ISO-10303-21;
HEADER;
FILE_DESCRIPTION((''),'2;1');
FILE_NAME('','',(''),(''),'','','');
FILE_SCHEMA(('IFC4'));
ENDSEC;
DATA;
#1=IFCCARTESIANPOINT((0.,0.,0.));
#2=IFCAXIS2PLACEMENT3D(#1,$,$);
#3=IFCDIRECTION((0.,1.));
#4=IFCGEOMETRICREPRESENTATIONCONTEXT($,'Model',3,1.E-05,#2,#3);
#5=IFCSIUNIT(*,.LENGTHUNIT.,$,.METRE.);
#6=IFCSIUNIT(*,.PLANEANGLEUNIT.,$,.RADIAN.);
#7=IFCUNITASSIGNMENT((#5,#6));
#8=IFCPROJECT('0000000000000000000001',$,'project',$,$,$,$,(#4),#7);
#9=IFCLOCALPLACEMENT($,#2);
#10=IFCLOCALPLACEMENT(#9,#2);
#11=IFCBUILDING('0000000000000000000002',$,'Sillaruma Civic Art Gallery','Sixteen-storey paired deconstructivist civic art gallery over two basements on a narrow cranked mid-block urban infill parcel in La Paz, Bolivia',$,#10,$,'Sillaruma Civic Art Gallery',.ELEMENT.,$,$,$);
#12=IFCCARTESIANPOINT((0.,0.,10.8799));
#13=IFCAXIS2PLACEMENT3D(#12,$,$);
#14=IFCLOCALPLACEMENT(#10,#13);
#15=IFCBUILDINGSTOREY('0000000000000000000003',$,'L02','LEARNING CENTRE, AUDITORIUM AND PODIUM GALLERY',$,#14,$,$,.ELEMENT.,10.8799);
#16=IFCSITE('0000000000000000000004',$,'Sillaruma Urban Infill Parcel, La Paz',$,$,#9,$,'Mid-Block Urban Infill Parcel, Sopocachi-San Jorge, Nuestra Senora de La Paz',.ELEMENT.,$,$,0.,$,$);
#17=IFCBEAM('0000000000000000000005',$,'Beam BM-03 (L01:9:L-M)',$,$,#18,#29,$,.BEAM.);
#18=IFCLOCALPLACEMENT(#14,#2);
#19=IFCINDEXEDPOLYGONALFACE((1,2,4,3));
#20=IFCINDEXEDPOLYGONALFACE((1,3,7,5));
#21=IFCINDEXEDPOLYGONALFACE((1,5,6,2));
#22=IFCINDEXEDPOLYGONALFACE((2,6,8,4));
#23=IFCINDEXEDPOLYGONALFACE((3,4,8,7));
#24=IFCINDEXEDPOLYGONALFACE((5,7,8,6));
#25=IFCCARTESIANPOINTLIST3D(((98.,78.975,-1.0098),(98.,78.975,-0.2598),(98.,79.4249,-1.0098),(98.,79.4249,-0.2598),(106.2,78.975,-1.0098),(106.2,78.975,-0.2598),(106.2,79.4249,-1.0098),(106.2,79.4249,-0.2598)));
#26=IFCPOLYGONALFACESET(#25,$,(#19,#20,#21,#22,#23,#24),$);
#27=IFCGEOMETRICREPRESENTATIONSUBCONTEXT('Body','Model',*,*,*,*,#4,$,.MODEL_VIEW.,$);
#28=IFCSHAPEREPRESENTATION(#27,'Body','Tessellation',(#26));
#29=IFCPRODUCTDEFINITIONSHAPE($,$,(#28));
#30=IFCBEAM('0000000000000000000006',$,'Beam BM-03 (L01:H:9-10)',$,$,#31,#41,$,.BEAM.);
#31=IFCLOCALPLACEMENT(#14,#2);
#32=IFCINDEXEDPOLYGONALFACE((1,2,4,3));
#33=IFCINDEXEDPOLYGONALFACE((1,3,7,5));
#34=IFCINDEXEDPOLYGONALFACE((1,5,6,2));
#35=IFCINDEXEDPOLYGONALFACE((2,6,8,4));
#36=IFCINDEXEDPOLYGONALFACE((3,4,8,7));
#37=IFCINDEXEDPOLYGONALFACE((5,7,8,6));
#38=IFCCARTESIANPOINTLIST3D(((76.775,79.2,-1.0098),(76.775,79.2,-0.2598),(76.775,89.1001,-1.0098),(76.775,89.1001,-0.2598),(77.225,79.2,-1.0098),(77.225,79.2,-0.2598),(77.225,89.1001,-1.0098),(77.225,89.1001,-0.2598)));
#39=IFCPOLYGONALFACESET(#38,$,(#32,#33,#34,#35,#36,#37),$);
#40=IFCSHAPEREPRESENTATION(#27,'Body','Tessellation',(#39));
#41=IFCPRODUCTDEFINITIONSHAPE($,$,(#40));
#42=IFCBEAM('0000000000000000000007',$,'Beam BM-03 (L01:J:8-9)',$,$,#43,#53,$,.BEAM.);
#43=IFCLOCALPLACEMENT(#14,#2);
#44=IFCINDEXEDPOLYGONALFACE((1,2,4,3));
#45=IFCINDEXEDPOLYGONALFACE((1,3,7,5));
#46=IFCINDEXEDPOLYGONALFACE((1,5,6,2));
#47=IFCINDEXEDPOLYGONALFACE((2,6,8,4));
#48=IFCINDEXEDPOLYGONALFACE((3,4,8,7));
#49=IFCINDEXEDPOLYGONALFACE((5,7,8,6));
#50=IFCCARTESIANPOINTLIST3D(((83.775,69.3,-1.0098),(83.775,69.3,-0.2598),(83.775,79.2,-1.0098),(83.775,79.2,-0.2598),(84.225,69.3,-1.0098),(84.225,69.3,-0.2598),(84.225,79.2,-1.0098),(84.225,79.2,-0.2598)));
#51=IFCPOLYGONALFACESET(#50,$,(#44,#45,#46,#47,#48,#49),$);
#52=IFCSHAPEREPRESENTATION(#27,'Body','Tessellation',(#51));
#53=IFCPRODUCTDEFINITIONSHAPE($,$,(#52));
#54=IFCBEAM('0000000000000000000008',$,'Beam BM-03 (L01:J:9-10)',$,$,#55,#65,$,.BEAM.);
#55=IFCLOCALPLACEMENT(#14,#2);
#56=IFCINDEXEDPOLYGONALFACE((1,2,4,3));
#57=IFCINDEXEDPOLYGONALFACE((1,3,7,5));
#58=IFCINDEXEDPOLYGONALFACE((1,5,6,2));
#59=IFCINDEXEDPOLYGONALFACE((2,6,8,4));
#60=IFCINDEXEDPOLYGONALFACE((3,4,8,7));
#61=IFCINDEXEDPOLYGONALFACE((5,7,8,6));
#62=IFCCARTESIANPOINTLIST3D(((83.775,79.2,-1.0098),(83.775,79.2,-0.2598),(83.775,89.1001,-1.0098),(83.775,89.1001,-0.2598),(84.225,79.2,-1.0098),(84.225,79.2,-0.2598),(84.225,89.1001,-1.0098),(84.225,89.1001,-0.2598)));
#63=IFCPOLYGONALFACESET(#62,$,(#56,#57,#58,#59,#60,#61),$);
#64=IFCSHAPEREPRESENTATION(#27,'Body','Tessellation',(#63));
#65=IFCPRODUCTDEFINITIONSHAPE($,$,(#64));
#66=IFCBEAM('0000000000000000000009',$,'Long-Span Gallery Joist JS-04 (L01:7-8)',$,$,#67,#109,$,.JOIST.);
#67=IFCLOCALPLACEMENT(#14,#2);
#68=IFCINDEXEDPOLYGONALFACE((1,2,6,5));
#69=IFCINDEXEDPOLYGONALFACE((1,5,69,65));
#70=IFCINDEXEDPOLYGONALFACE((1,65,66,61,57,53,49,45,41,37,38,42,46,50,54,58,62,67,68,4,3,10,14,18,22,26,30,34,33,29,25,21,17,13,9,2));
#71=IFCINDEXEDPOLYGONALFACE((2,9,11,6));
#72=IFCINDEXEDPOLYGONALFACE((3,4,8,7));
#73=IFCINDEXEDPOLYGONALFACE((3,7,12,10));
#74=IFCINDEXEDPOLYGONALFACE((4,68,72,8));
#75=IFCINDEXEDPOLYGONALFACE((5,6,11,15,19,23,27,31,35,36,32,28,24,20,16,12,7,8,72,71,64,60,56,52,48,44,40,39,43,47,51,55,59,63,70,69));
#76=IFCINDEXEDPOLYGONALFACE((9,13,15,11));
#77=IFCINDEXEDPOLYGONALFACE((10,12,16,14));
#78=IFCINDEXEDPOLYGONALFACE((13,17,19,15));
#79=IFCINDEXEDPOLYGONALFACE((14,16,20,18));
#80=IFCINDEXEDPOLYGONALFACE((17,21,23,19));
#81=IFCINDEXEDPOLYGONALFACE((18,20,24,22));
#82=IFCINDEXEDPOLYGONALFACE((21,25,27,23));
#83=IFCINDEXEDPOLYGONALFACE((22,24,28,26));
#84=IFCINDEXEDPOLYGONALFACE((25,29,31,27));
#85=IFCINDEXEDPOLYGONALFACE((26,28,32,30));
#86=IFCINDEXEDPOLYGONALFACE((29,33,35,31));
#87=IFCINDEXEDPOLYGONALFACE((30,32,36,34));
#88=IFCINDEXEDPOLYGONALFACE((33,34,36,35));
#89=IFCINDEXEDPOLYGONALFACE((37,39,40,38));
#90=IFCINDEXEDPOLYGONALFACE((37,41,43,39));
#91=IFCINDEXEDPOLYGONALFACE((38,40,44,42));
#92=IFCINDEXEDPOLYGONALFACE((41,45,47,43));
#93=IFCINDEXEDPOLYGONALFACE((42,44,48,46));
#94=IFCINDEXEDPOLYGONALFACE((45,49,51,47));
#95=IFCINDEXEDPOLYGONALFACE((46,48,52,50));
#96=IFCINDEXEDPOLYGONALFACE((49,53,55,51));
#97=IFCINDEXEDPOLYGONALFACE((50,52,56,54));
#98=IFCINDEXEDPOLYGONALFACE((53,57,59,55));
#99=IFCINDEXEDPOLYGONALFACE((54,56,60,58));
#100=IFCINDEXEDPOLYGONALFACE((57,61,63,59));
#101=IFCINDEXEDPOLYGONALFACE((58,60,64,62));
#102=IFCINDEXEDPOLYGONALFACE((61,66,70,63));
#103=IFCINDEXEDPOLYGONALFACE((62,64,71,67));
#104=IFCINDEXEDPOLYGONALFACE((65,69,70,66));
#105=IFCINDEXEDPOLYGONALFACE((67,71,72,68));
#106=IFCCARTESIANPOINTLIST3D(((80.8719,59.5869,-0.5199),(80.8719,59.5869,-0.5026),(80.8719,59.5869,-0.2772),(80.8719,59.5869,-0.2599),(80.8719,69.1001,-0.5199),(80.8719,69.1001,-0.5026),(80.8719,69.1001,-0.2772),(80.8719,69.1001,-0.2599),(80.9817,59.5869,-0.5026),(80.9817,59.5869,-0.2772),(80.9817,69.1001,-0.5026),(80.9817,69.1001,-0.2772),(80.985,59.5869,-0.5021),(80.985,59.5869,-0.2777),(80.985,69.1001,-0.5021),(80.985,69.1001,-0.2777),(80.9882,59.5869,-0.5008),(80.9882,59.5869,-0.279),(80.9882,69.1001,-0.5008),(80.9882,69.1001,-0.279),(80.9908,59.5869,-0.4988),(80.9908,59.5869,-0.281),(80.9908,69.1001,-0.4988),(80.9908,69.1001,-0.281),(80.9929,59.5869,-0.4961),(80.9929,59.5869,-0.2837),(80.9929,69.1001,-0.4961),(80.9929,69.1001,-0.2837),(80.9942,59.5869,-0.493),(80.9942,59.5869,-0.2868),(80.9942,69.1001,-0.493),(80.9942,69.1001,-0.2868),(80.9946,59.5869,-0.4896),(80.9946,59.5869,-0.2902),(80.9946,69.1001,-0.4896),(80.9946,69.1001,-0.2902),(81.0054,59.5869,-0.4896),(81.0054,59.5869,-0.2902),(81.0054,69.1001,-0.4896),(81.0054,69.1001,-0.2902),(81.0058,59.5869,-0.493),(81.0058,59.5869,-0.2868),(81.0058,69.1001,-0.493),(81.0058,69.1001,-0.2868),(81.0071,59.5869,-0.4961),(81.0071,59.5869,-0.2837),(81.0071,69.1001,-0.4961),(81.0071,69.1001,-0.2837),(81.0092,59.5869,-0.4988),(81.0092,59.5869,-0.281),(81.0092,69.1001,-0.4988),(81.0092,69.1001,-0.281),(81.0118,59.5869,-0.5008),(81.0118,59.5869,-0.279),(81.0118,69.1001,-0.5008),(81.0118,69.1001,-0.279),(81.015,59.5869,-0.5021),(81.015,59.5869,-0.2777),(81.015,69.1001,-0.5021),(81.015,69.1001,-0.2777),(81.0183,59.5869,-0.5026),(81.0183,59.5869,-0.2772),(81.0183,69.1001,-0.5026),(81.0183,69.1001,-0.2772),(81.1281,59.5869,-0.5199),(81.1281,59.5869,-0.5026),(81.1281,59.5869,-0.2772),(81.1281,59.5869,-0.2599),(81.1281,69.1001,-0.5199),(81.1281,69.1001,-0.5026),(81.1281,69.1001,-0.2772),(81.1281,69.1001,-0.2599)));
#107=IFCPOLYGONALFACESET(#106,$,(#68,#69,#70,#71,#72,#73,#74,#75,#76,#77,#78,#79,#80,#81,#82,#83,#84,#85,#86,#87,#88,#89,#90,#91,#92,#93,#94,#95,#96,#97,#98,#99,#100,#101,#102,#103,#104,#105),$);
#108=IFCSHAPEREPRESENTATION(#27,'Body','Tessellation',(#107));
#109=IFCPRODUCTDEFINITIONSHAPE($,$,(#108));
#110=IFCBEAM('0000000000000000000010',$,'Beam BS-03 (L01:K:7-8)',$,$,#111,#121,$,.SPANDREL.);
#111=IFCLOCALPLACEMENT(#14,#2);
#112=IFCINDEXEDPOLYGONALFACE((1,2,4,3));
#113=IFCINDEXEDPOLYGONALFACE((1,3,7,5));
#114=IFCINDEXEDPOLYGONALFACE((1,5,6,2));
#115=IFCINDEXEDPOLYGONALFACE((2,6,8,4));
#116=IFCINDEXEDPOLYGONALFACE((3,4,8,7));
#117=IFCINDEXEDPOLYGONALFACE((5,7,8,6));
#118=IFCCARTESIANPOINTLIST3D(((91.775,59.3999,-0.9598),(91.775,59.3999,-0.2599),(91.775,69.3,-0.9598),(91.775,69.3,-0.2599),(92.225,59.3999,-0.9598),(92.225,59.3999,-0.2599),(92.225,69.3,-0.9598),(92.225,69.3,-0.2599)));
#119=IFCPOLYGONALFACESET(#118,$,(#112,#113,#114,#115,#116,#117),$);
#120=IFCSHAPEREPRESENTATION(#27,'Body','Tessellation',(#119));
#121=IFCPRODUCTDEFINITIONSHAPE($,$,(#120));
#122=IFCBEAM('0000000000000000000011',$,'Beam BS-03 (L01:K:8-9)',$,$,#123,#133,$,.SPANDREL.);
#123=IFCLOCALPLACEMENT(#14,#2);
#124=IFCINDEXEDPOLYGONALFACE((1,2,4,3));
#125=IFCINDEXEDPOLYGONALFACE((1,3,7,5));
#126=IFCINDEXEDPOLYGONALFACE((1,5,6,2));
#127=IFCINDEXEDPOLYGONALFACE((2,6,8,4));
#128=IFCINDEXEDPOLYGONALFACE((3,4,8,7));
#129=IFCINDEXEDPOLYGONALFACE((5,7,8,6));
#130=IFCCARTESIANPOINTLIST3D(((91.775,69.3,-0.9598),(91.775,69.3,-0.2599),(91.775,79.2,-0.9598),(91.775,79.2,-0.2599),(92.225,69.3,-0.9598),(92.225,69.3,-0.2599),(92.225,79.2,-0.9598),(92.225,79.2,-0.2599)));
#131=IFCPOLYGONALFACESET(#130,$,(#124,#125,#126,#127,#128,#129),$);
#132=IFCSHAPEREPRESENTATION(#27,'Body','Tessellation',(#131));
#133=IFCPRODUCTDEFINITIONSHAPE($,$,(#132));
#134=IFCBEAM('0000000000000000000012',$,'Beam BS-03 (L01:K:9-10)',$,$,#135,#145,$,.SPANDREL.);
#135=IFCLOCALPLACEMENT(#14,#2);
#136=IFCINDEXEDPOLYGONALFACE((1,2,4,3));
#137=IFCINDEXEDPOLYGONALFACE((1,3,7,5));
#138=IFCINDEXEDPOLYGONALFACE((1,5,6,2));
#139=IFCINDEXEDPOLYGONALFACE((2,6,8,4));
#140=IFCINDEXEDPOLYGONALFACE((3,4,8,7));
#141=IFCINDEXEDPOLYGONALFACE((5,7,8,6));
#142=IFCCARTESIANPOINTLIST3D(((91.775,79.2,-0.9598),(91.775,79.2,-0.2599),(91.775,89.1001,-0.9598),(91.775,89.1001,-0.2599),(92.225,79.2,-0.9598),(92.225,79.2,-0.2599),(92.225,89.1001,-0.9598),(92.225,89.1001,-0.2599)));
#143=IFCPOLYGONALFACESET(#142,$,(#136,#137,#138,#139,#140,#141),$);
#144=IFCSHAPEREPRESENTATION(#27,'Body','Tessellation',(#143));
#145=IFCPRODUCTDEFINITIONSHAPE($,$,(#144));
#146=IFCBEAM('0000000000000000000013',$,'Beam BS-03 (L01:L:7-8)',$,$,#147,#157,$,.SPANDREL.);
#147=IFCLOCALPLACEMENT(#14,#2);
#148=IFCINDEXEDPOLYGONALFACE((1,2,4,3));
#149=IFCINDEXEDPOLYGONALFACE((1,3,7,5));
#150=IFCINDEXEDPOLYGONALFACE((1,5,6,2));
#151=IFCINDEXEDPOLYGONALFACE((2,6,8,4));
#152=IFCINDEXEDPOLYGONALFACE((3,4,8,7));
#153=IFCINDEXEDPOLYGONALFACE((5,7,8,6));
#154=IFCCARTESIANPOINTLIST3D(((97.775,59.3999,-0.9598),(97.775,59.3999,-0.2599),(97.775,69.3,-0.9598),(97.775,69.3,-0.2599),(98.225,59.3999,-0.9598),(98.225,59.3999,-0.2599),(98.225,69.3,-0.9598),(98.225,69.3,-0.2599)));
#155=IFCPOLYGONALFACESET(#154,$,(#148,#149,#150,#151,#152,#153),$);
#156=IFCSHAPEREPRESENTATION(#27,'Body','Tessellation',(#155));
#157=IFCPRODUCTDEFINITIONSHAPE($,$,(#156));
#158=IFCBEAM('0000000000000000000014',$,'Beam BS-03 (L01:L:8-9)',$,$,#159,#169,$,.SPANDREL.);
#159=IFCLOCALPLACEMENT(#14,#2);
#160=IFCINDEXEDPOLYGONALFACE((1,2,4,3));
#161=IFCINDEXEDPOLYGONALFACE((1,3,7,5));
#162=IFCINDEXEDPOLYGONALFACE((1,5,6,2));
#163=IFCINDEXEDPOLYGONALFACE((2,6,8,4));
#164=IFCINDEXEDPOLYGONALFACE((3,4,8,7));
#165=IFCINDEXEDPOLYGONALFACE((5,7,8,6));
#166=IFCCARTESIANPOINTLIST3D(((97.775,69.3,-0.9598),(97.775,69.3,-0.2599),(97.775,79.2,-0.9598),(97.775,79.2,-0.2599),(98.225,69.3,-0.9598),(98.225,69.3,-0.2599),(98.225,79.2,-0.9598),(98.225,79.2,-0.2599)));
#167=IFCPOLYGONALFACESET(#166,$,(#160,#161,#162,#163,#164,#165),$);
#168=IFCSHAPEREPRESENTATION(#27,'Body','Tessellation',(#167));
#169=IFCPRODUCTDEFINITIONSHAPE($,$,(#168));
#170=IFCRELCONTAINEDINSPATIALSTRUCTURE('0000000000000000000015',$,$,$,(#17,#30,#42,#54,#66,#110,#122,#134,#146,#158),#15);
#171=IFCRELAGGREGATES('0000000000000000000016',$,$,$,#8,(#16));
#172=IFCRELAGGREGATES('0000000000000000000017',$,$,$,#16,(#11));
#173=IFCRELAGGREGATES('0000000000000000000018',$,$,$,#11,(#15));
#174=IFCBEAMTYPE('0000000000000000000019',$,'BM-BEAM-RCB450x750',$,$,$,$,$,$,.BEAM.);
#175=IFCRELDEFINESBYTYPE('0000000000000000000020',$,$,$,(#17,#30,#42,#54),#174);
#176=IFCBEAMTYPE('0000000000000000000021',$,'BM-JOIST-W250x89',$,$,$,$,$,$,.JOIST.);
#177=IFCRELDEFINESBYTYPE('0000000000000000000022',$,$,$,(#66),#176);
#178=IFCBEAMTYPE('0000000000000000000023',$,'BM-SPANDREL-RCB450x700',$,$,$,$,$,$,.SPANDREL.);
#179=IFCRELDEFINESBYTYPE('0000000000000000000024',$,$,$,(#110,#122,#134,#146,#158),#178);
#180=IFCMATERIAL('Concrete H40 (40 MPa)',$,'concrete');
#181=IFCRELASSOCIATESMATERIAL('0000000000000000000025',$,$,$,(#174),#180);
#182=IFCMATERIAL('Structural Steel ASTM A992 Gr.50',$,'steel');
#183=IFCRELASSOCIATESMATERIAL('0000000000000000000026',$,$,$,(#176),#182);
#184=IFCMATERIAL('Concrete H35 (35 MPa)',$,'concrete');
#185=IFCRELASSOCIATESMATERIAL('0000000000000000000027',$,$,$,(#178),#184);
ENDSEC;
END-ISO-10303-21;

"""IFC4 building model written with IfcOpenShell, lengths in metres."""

from ifc_helpers import new_model, si_unit, direction, frame, origin, origin_2d, place, context, subcontext, project, spatial, rectangle, i_section, extrude, material, material_profile, profile_set, type_object, element, save


model = new_model("IFC4")

# Units and contexts
model_context = context("Model", 3, precision=1e-05, world=origin(), true_north=direction((0.0, 1.0)))
body_context = subcontext(model_context, "Body", "Model", "MODEL_VIEW")
ifc_project = project(units=[si_unit("LENGTHUNIT", "METRE"), si_unit("PLANEANGLEUNIT", "RADIAN")], contexts=[model_context])

# Site, building, storey
site_placement = place(None, origin())
site = spatial("IfcSite", under=ifc_project, at=site_placement, Name="Sillaruma Urban Infill Parcel, La Paz", LongName="Mid-Block Urban Infill Parcel, Sopocachi-San Jorge, Nuestra Senora de La Paz", CompositionType="ELEMENT", RefElevation=0.0)
building_placement = place(site_placement, origin())
building = spatial("IfcBuilding", under=site, at=building_placement, Name="Sillaruma Civic Art Gallery", Description="Sixteen-storey paired deconstructivist civic art gallery over two basements on a narrow cranked mid-block urban infill parcel in La Paz, Bolivia", LongName="Sillaruma Civic Art Gallery", CompositionType="ELEMENT")
storey_placement = place(building_placement, frame((0.0, 0.0, 10.8799)))
storey = spatial("IfcBuildingStorey", under=building, at=storey_placement, Name="L02", Description="LEARNING CENTRE, AUDITORIUM AND PODIUM GALLERY", CompositionType="ELEMENT", Elevation=10.8799)

# Shared definitions
ifc_material_1 = material(Name="Concrete H40 (40 MPa)", Category="concrete")

# Beams
ifc_material_2 = material(Name="Concrete H35 (35 MPa)", Category="concrete")
ifc_material_profile_1 = material_profile(ifc_material_1, rectangle(XDim=0.45, YDim=0.75, at=origin_2d()), Name="RCB450x750")
ifc_profile_set_1 = profile_set([ifc_material_profile_1], Name="Concrete H40 (40 MPa)")
beam_type_1 = type_object("IfcBeamType", Name="BM-BEAM-RCB450x750", PredefinedType="BEAM", material=ifc_profile_set_1)
beam_1_placement = place(storey_placement, frame((98.0, 79.2, -0.6348), z_axis=(1.0, 0.0, 0.0), x_axis=(0.0, 1.0, 0.0)))
element("IfcBeam", 1, at=beam_1_placement, inside=storey, type_object=beam_type_1, Name="Beam BM-03 (L01:9:L-M)", PredefinedType="BEAM", context=body_context, shape_type="SweptSolid", body=[
    extrude(rectangle(XDim=0.45, YDim=0.75, at=origin_2d()), origin(), (0.0, 0.0, 1.0), 8.2),
])
beam_2_placement = place(storey_placement, frame((77.0, 79.2, -0.6348), z_axis=(0.0, 1.0, 0.0), x_axis=(-1.0, 0.0, 0.0)))
element("IfcBeam", 2, at=beam_2_placement, inside=storey, type_object=beam_type_1, Name="Beam BM-03 (L01:H:9-10)", PredefinedType="BEAM", context=body_context, shape_type="SweptSolid", body=[
    extrude(rectangle(XDim=0.45, YDim=0.75, at=origin_2d()), origin(), (0.0, 0.0, 1.0), 9.9001),
])
beam_3_placement = place(storey_placement, frame((84.0, 69.3, -0.6348), z_axis=(0.0, 1.0, 0.0), x_axis=(-1.0, 0.0, 0.0)))
element("IfcBeam", 3, at=beam_3_placement, inside=storey, type_object=beam_type_1, Name="Beam BM-03 (L01:J:8-9)", PredefinedType="BEAM", context=body_context, shape_type="SweptSolid", body=[
    extrude(rectangle(XDim=0.45, YDim=0.75, at=origin_2d()), origin(), (0.0, 0.0, 1.0), 9.8999),
])
beam_4_placement = place(storey_placement, frame((84.0, 79.2, -0.6348), z_axis=(0.0, 1.0, 0.0), x_axis=(-1.0, 0.0, 0.0)))
element("IfcBeam", 4, at=beam_4_placement, inside=storey, type_object=beam_type_1, Name="Beam BM-03 (L01:J:9-10)", PredefinedType="BEAM", context=body_context, shape_type="SweptSolid", body=[
    extrude(rectangle(XDim=0.45, YDim=0.75, at=origin_2d()), origin(), (0.0, 0.0, 1.0), 9.9001),
])
ifc_material_3 = material(Name="Structural Steel ASTM A992 Gr.50", Category="steel")
ifc_material_profile_2 = material_profile(ifc_material_3, i_section(OverallWidth=0.2561, OverallDepth=0.26, WebThickness=0.0107, FlangeThickness=0.0173, FilletRadius=0.0129, at=origin_2d()), Name="W250x89")
ifc_profile_set_2 = profile_set([ifc_material_profile_2], Name="Structural Steel ASTM A992 Gr.50")
beam_type_2 = type_object("IfcBeamType", Name="BM-JOIST-W250x89", PredefinedType="JOIST", material=ifc_profile_set_2)
beam_5_placement = place(storey_placement, frame((81.0, 59.5869, -0.3899), z_axis=(0.0, 1.0, 0.0), x_axis=(-1.0, 0.0, 0.0)))
element("IfcBeam", 5, at=beam_5_placement, inside=storey, type_object=beam_type_2, Name="Long-Span Gallery Joist JS-04 (L01:7-8)", PredefinedType="JOIST", context=body_context, shape_type="SweptSolid", body=[
    extrude(i_section(OverallWidth=0.2561, OverallDepth=0.26, WebThickness=0.0107, FlangeThickness=0.0173, FilletRadius=0.0129, at=origin_2d()), origin(), (0.0, 0.0, 1.0), 9.5132),
])
ifc_material_profile_3 = material_profile(ifc_material_2, rectangle(XDim=0.45, YDim=0.7, at=origin_2d()), Name="RCB450x700")
ifc_profile_set_3 = profile_set([ifc_material_profile_3], Name="Concrete H35 (35 MPa)")
beam_type_3 = type_object("IfcBeamType", Name="BM-SPANDREL-RCB450x700", PredefinedType="SPANDREL", material=ifc_profile_set_3)
beam_6_placement = place(storey_placement, frame((92.0, 59.3999, -0.6099), z_axis=(0.0, 1.0, 0.0), x_axis=(-1.0, 0.0, 0.0)))
element("IfcBeam", 6, at=beam_6_placement, inside=storey, type_object=beam_type_3, Name="Beam BS-03 (L01:K:7-8)", PredefinedType="SPANDREL", context=body_context, shape_type="SweptSolid", body=[
    extrude(rectangle(XDim=0.45, YDim=0.7, at=origin_2d()), origin(), (0.0, 0.0, 1.0), 9.9001),
])
beam_7_placement = place(storey_placement, frame((92.0, 69.3, -0.6099), z_axis=(0.0, 1.0, 0.0), x_axis=(-1.0, 0.0, 0.0)))
element("IfcBeam", 7, at=beam_7_placement, inside=storey, type_object=beam_type_3, Name="Beam BS-03 (L01:K:8-9)", PredefinedType="SPANDREL", context=body_context, shape_type="SweptSolid", body=[
    extrude(rectangle(XDim=0.45, YDim=0.7, at=origin_2d()), origin(), (0.0, 0.0, 1.0), 9.8999),
])
for number, where, z_axis, x_axis, name in (
    (8, (92.0, 79.2, -0.6099), (0.0, 1.0, 0.0), (-1.0, 0.0, 0.0), "Beam BS-03 (L01:K:9-10)"),
    (9, (98.0, 59.3999, -0.6099), (0.0, 1.0, 0.0), (-1.0, 0.0, 0.0), "Beam BS-03 (L01:L:7-8)"),
):
    element("IfcBeam", number, at=place(storey_placement, frame(where, z_axis=z_axis, x_axis=x_axis)), inside=storey, type_object=beam_type_3, Name=name, PredefinedType="SPANDREL", context=body_context, shape_type="SweptSolid", body=[
        extrude(rectangle(XDim=0.45, YDim=0.7, at=origin_2d()), origin(), (0.0, 0.0, 1.0), 9.9001),
    ])
beam_8_placement = place(storey_placement, frame((98.0, 69.3, -0.6099), z_axis=(0.0, 1.0, 0.0), x_axis=(-1.0, 0.0, 0.0)))
element("IfcBeam", 10, at=beam_8_placement, inside=storey, type_object=beam_type_3, Name="Beam BS-03 (L01:L:8-9)", PredefinedType="SPANDREL", context=body_context, shape_type="SweptSolid", body=[
    extrude(rectangle(XDim=0.45, YDim=0.7, at=origin_2d()), origin(), (0.0, 0.0, 1.0), 9.8999),
])

save(model, "model.ifc")
